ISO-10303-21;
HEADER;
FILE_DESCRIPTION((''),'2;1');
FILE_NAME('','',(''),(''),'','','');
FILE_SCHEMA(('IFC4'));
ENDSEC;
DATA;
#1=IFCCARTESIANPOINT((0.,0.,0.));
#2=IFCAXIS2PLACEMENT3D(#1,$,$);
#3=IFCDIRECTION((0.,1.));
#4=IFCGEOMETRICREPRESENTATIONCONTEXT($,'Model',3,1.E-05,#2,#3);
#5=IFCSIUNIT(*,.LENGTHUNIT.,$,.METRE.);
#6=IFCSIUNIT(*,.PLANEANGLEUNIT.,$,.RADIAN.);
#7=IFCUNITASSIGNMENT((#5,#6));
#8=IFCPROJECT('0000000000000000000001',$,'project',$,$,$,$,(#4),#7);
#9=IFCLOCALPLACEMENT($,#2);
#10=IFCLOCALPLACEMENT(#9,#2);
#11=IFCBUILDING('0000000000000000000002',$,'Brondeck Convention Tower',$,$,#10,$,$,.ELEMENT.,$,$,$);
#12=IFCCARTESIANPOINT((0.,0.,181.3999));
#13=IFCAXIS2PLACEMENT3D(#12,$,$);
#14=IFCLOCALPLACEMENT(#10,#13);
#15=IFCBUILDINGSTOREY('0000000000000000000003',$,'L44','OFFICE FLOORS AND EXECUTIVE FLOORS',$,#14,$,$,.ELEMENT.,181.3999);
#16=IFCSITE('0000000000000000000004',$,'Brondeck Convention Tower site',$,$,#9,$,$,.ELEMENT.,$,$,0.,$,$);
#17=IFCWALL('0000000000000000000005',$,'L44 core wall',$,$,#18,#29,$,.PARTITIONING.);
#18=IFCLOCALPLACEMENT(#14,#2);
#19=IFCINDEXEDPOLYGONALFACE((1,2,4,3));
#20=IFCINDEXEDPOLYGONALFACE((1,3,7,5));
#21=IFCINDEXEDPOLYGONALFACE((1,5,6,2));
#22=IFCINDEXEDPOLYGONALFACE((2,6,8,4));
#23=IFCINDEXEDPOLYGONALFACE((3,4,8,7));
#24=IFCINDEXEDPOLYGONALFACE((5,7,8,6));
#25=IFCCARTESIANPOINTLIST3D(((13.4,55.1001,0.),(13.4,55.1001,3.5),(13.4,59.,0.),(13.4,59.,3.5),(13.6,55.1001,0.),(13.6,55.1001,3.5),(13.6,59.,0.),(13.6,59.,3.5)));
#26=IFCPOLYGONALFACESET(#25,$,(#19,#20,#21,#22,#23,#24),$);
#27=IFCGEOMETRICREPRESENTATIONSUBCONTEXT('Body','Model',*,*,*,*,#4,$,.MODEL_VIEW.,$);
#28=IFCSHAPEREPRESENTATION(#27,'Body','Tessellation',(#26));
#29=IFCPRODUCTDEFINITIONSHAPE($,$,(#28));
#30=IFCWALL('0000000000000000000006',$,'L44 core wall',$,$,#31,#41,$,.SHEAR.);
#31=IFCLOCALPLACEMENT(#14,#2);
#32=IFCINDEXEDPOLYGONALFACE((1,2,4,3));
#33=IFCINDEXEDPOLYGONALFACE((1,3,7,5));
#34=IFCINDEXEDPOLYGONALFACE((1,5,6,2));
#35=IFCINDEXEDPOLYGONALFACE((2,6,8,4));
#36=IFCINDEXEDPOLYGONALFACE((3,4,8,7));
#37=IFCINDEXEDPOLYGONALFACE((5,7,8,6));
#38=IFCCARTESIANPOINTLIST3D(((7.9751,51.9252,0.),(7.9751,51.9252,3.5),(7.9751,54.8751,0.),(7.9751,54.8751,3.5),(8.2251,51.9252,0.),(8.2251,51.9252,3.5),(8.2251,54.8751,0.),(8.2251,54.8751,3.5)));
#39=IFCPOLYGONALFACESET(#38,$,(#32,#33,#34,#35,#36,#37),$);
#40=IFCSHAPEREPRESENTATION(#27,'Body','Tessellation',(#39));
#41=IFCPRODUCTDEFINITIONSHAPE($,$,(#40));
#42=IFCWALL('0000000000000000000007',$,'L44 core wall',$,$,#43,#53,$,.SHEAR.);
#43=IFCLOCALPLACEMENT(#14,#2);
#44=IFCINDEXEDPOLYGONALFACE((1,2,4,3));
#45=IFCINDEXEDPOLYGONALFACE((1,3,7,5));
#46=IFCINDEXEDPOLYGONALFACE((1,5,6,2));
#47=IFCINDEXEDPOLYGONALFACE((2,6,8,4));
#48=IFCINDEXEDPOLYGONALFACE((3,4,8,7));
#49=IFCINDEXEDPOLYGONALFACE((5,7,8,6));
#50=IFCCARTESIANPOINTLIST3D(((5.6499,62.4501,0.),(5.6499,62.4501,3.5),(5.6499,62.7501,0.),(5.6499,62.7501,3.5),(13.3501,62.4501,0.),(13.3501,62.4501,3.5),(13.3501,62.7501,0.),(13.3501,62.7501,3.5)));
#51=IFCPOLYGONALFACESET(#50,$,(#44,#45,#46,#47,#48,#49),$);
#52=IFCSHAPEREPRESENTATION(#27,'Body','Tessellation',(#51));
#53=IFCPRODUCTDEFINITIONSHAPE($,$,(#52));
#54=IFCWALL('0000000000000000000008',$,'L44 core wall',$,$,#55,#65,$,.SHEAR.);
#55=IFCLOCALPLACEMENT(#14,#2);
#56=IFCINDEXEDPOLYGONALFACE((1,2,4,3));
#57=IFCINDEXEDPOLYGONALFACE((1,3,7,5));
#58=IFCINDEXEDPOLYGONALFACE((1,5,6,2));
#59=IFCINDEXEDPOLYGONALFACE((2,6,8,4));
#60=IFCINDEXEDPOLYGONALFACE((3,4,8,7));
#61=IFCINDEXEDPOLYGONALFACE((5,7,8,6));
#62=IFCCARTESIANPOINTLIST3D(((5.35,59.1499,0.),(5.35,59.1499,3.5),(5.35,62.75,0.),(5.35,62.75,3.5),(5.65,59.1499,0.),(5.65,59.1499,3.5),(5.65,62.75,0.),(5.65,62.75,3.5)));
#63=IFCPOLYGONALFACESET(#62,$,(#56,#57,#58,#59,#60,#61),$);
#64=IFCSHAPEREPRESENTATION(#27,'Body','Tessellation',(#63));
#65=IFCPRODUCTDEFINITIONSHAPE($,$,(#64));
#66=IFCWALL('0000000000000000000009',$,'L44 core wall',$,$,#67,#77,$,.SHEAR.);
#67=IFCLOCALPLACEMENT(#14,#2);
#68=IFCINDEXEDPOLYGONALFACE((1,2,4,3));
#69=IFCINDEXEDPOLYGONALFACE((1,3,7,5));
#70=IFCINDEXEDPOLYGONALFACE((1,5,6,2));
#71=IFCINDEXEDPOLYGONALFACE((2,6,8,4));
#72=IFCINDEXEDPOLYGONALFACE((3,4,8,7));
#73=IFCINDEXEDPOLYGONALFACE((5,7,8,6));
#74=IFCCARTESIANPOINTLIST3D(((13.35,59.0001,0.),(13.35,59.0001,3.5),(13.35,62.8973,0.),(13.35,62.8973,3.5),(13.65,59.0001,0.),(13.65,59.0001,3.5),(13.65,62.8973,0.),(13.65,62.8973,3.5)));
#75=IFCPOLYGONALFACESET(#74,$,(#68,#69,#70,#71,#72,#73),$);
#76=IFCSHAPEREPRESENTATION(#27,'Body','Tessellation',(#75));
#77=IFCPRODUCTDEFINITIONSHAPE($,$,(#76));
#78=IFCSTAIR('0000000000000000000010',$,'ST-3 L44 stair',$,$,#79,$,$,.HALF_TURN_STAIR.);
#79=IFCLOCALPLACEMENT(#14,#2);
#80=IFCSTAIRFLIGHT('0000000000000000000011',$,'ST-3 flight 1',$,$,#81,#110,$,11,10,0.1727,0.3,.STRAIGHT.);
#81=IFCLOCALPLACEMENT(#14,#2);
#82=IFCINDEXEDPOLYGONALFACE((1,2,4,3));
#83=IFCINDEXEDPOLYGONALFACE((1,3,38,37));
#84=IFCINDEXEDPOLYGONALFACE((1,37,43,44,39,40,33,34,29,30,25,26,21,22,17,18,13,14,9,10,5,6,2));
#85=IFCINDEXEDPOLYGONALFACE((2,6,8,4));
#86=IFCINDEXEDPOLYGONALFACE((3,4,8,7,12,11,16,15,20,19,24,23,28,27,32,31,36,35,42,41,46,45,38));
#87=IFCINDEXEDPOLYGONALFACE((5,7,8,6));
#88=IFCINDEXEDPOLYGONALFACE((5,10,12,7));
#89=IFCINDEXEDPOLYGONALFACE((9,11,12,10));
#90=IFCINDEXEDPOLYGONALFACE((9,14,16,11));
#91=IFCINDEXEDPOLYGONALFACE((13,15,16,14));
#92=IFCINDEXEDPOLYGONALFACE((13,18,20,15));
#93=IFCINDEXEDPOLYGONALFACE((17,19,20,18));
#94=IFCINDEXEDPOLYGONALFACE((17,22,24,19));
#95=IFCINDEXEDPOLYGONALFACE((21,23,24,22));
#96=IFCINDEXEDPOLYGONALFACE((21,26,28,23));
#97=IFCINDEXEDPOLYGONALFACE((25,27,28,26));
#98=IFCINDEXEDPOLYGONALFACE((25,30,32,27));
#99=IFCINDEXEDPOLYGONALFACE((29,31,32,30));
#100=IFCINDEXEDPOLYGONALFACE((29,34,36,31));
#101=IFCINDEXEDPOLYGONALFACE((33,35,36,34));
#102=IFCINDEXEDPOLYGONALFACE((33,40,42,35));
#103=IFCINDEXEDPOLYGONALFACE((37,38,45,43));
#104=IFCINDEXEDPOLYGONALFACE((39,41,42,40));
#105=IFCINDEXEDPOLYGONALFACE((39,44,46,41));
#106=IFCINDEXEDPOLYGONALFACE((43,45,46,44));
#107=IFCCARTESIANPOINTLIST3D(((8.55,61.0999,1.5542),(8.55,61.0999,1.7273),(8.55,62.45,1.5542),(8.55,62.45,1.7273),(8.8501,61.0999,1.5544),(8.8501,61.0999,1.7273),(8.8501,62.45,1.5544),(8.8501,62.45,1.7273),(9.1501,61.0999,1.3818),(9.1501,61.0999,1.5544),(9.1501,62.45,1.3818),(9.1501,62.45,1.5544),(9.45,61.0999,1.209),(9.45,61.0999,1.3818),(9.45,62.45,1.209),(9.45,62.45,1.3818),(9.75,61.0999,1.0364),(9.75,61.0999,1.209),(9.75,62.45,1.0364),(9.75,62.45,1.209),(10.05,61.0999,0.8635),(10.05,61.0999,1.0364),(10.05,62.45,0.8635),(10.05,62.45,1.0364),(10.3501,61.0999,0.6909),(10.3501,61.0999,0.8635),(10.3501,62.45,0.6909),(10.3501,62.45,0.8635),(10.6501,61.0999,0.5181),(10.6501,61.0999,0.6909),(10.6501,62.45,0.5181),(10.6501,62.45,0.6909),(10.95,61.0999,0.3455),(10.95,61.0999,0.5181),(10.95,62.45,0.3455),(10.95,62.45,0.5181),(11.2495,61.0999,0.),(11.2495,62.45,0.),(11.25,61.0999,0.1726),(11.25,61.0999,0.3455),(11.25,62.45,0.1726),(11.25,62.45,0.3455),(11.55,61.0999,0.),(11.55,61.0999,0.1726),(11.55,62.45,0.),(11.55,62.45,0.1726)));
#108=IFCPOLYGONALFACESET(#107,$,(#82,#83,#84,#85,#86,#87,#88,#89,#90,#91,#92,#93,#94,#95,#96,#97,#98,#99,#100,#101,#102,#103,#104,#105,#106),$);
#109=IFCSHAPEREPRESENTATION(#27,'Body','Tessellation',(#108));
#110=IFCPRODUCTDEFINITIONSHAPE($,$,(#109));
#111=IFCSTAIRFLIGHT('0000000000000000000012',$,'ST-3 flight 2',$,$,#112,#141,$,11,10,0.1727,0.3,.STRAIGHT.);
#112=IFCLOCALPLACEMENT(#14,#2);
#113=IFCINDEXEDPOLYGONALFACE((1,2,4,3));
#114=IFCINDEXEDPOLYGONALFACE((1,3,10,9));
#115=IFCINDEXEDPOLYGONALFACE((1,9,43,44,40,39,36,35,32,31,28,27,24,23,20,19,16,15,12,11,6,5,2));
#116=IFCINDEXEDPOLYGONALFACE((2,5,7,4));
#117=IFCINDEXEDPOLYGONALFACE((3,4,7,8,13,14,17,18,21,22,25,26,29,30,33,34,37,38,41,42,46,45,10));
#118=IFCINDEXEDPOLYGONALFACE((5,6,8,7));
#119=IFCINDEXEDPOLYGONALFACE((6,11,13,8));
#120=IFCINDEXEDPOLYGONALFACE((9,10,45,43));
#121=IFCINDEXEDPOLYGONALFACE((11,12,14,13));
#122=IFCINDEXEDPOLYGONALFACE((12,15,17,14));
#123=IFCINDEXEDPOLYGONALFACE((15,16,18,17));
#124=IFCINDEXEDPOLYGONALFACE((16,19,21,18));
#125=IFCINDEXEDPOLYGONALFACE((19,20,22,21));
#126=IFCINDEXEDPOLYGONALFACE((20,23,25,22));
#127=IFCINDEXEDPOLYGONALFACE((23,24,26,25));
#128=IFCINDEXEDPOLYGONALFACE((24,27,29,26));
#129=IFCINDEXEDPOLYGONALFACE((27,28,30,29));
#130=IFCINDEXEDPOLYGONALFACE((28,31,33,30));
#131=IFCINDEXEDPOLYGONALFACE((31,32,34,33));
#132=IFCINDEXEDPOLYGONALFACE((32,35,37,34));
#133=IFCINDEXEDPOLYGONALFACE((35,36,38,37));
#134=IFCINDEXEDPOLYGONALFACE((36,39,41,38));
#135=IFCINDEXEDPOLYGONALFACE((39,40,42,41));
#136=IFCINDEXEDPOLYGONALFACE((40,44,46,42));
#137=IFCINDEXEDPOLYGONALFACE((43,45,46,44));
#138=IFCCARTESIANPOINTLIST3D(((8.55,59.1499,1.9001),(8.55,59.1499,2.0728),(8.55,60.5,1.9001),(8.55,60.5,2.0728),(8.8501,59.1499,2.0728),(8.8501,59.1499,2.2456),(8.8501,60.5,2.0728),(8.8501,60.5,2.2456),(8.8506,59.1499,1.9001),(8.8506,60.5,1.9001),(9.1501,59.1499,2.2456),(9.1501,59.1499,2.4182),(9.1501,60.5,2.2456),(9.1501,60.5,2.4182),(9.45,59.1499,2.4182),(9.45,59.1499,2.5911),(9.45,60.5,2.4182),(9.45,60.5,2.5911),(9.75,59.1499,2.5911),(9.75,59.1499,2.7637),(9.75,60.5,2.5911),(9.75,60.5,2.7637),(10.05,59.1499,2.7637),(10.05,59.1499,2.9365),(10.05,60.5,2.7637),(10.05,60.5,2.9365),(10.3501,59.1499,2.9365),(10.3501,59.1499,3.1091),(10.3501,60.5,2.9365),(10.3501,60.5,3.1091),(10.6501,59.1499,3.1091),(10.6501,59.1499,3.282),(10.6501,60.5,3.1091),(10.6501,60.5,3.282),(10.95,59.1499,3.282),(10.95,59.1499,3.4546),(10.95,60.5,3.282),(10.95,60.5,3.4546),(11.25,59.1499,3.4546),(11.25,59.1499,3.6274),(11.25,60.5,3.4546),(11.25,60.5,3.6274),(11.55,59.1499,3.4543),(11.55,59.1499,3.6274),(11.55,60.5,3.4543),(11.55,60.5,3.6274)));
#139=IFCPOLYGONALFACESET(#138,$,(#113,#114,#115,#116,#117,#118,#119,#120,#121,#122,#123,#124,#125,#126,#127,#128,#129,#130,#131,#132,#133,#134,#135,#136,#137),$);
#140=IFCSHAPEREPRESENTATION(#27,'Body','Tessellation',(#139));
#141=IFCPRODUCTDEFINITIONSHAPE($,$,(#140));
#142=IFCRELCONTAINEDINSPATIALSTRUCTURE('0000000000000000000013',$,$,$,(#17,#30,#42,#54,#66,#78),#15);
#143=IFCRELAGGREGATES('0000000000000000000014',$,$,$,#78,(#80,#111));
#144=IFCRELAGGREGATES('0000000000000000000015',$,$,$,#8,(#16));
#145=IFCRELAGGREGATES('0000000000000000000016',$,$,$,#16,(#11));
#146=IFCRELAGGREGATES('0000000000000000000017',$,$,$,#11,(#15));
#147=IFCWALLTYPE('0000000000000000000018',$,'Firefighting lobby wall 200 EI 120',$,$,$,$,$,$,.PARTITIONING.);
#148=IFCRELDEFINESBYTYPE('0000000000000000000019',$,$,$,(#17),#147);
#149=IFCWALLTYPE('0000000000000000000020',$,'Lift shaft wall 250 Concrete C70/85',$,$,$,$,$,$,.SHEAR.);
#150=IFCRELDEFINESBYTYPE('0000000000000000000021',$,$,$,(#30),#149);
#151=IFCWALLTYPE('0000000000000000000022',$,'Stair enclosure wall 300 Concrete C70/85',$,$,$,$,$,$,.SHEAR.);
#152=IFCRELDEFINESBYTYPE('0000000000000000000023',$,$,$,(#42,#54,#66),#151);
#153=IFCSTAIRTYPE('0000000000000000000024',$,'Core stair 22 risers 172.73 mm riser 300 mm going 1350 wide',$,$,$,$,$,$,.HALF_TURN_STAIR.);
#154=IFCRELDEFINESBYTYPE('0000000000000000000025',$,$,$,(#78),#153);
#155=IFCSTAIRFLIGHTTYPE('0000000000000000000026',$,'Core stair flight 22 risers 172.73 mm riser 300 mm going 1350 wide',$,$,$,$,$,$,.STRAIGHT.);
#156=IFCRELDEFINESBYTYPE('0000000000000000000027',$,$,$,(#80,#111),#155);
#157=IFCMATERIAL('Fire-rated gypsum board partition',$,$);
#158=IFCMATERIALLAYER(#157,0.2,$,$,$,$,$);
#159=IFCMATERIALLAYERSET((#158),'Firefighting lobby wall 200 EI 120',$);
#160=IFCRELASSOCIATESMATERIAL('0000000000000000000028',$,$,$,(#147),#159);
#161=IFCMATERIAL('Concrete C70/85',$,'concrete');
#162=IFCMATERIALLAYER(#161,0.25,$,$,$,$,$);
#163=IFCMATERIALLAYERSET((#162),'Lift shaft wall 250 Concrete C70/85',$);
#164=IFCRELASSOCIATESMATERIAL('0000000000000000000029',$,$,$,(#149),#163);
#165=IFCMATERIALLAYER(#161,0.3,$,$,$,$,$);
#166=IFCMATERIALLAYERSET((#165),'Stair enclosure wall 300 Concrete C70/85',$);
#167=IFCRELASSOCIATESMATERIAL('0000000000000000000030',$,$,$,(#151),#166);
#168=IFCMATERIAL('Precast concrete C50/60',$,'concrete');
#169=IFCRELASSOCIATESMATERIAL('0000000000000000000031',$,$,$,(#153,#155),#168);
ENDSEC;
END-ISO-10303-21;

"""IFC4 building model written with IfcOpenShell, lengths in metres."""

from ifc_helpers import new_model, si_unit, direction, frame, frame_2d, origin, place, context, subcontext, project, spatial, polyline, rectangle, outline, extrude, material, layer, layer_set, type_object, element, aggregate, save


model = new_model("IFC4")

# Units and contexts
model_context = context("Model", 3, precision=1e-05, world=origin(), true_north=direction((0.0, 1.0)))
body_context = subcontext(model_context, "Body", "Model", "MODEL_VIEW")
ifc_project = project(units=[si_unit("LENGTHUNIT", "METRE"), si_unit("PLANEANGLEUNIT", "RADIAN")], contexts=[model_context])

# Site, building, storey
site_placement = place(None, origin())
site = spatial("IfcSite", under=ifc_project, at=site_placement, Name="Brondeck Convention Tower site", CompositionType="ELEMENT", RefElevation=0.0)
building_placement = place(site_placement, origin())
building = spatial("IfcBuilding", under=site, at=building_placement, Name="Brondeck Convention Tower", CompositionType="ELEMENT")
storey_placement = place(building_placement, frame((0.0, 0.0, 181.3999)))
storey = spatial("IfcBuildingStorey", under=building, at=storey_placement, Name="L44", Description="OFFICE FLOORS AND EXECUTIVE FLOORS", CompositionType="ELEMENT", Elevation=181.3999)

# Shared definitions
ifc_material_1 = material(Name="Concrete C70/85", Category="concrete")

# Shared definitions
ifc_material_2 = material(Name="Fire-rated gypsum board partition")

# Shared definitions
ifc_layer_1 = layer(ifc_material_2, 0.2)
ifc_layer_set_1 = layer_set([ifc_layer_1], Name="Firefighting lobby wall 200 EI 120")
wall_type_1 = type_object("IfcWallType", Name="Firefighting lobby wall 200 EI 120", PredefinedType="PARTITIONING", material=ifc_layer_set_1)

# Walls
wall_1_placement = place(storey_placement, frame((13.5, 55.1001, 0.0), z_axis=(0.0, 0.0, 1.0), x_axis=(0.0, 1.0, 0.0)))
element("IfcWall", 1, at=wall_1_placement, inside=storey, type_object=wall_type_1, Name="L44 core wall", PredefinedType="PARTITIONING", context=body_context, shape_type="SweptSolid", body=[
    extrude(rectangle(XDim=3.8999, YDim=0.2, at=frame_2d((1.95, 0.0))), origin(), (0.0, 0.0, 1.0), 3.5),
])
ifc_layer_2 = layer(ifc_material_1, 0.25)
ifc_layer_set_2 = layer_set([ifc_layer_2], Name="Lift shaft wall 250 Concrete C70/85")
wall_type_2 = type_object("IfcWallType", Name="Lift shaft wall 250 Concrete C70/85", PredefinedType="SHEAR", material=ifc_layer_set_2)
wall_2_placement = place(storey_placement, frame((8.1001, 51.925, 0.0), z_axis=(0.0, 0.0, 1.0), x_axis=(0.0, 1.0, 0.0)))
element("IfcWall", 2, at=wall_2_placement, inside=storey, type_object=wall_type_2, Name="L44 core wall", PredefinedType="SHEAR", context=body_context, shape_type="SweptSolid", body=[
    extrude(rectangle(XDim=2.95, YDim=0.25, at=frame_2d((1.4751, 0.0))), origin(), (0.0, 0.0, 1.0), 3.5),
])
ifc_layer_3 = layer(ifc_material_1, 0.3)
ifc_layer_set_3 = layer_set([ifc_layer_3], Name="Stair enclosure wall 300 Concrete C70/85")
wall_type_3 = type_object("IfcWallType", Name="Stair enclosure wall 300 Concrete C70/85", PredefinedType="SHEAR", material=ifc_layer_set_3)
wall_3_placement = place(storey_placement, frame((5.6499, 62.6001, 0.0), z_axis=(0.0, 0.0, 1.0), x_axis=(1.0, 0.0, 0.0)))
element("IfcWall", 3, at=wall_3_placement, inside=storey, type_object=wall_type_3, Name="L44 core wall", PredefinedType="SHEAR", context=body_context, shape_type="SweptSolid", body=[
    extrude(rectangle(XDim=7.7002, YDim=0.3, at=frame_2d((3.8501, 0.0))), origin(), (0.0, 0.0, 1.0), 3.5),
])
wall_4_placement = place(storey_placement, frame((5.5, 59.1499, 0.0), z_axis=(0.0, 0.0, 1.0), x_axis=(0.0, 1.0, 0.0)))
element("IfcWall", 4, at=wall_4_placement, inside=storey, type_object=wall_type_3, Name="L44 core wall", PredefinedType="SHEAR", context=body_context, shape_type="SweptSolid", body=[
    extrude(rectangle(XDim=3.6001, YDim=0.3, at=frame_2d((1.8, 0.0))), origin(), (0.0, 0.0, 1.0), 3.5),
])
wall_5_placement = place(storey_placement, frame((13.5, 59.0, 0.0), z_axis=(0.0, 0.0, 1.0), x_axis=(0.0, 1.0, 0.0)))
element("IfcWall", 5, at=wall_5_placement, inside=storey, type_object=wall_type_3, Name="L44 core wall", PredefinedType="SHEAR", context=body_context, shape_type="SweptSolid", body=[
    extrude(rectangle(XDim=3.8972, YDim=0.3, at=frame_2d((1.9487, 0.0))), origin(), (0.0, 0.0, 1.0), 3.5),
])

# Stair, stair flights
ifc_material_3 = material(Name="Precast concrete C50/60", Category="concrete")
stair_type = type_object("IfcStairType", Name="Core stair 22 risers 172.73 mm riser 300 mm going 1350 wide", PredefinedType="HALF_TURN_STAIR", material=ifc_material_3)
stair_placement = place(storey_placement, origin())
stair = element("IfcStair", 6, at=stair_placement, inside=storey, type_object=stair_type, Name="ST-3 L44 stair", PredefinedType="HALF_TURN_STAIR")
stair_flight_type = type_object("IfcStairFlightType", Name="Core stair flight 22 risers 172.73 mm riser 300 mm going 1350 wide", PredefinedType="STRAIGHT", material=ifc_material_3)
stair_flight_1_placement = place(storey_placement, frame((11.55, 61.7749, 0.0), z_axis=(0.0, 0.0, 1.0), x_axis=(-1.0, 0.0, 0.0)))
stair_flight_1 = element("IfcStairFlight", 7, at=stair_flight_1_placement, type_object=stair_flight_type, Name="ST-3 flight 1", NumberOfRisers=11, NumberOfTreads=10, PredefinedType="STRAIGHT", RiserHeight=0.1727, TreadLength=0.3, context=body_context, shape_type="SweptSolid", body=[
    extrude(outline(polyline([(0.0, 0.0), (0.0, 0.1726), (0.3, 0.1726), (0.3, 0.3455), (0.6001, 0.3455), (0.6001, 0.5181), (0.8999, 0.5181), (0.8999, 0.6909), (1.2, 0.6909), (1.2, 0.8635), (1.5, 0.8635), (1.5, 1.0364), (1.8, 1.0364), (1.8, 1.209), (2.1001, 1.209), (2.1001, 1.3818), (2.3999, 1.3818), (2.3999, 1.5544), (2.7, 1.5544), (2.7, 1.7273), (3.0, 1.7273), (3.0, 1.8999), (3.0, 1.5542), (0.3005, 0.0), (0.0, 0.0)])), frame((0.0, 0.675, 0.0), z_axis=(0.0, -1.0, 0.0), x_axis=(1.0, 0.0, 0.0)), (0.0, 0.0, 1.0), 1.3501),
])
stair_flight_2_placement = place(storey_placement, frame((8.55, 59.825, 1.9001), z_axis=(0.0, 0.0, 1.0), x_axis=(1.0, 0.0, 0.0)))
stair_flight_2 = element("IfcStairFlight", 8, at=stair_flight_2_placement, type_object=stair_flight_type, Name="ST-3 flight 2", NumberOfRisers=11, NumberOfTreads=10, PredefinedType="STRAIGHT", RiserHeight=0.1727, TreadLength=0.3, context=body_context, shape_type="SweptSolid", body=[
    extrude(outline(polyline([(0.0, 0.0), (0.0, 0.1726), (0.3, 0.1726), (0.3, 0.3455), (0.6001, 0.3455), (0.6001, 0.5181), (0.8999, 0.5181), (0.8999, 0.6909), (1.2, 0.6909), (1.2, 0.8635), (1.5, 0.8635), (1.5, 1.0364), (1.8, 1.0364), (1.8, 1.209), (2.1001, 1.209), (2.1001, 1.3818), (2.3999, 1.3818), (2.3999, 1.5544), (2.7, 1.5544), (2.7, 1.7273), (3.0, 1.7273), (3.0, 1.8999), (3.0, 1.5542), (0.3005, 0.0), (0.0, 0.0)])), frame((0.0, 0.675, 0.0), z_axis=(0.0, -1.0, 0.0), x_axis=(1.0, 0.0, 0.0)), (0.0, 0.0, 1.0), 1.3501),
])
aggregate(stair, [stair_flight_1, stair_flight_2])

save(model, "model.ifc")
